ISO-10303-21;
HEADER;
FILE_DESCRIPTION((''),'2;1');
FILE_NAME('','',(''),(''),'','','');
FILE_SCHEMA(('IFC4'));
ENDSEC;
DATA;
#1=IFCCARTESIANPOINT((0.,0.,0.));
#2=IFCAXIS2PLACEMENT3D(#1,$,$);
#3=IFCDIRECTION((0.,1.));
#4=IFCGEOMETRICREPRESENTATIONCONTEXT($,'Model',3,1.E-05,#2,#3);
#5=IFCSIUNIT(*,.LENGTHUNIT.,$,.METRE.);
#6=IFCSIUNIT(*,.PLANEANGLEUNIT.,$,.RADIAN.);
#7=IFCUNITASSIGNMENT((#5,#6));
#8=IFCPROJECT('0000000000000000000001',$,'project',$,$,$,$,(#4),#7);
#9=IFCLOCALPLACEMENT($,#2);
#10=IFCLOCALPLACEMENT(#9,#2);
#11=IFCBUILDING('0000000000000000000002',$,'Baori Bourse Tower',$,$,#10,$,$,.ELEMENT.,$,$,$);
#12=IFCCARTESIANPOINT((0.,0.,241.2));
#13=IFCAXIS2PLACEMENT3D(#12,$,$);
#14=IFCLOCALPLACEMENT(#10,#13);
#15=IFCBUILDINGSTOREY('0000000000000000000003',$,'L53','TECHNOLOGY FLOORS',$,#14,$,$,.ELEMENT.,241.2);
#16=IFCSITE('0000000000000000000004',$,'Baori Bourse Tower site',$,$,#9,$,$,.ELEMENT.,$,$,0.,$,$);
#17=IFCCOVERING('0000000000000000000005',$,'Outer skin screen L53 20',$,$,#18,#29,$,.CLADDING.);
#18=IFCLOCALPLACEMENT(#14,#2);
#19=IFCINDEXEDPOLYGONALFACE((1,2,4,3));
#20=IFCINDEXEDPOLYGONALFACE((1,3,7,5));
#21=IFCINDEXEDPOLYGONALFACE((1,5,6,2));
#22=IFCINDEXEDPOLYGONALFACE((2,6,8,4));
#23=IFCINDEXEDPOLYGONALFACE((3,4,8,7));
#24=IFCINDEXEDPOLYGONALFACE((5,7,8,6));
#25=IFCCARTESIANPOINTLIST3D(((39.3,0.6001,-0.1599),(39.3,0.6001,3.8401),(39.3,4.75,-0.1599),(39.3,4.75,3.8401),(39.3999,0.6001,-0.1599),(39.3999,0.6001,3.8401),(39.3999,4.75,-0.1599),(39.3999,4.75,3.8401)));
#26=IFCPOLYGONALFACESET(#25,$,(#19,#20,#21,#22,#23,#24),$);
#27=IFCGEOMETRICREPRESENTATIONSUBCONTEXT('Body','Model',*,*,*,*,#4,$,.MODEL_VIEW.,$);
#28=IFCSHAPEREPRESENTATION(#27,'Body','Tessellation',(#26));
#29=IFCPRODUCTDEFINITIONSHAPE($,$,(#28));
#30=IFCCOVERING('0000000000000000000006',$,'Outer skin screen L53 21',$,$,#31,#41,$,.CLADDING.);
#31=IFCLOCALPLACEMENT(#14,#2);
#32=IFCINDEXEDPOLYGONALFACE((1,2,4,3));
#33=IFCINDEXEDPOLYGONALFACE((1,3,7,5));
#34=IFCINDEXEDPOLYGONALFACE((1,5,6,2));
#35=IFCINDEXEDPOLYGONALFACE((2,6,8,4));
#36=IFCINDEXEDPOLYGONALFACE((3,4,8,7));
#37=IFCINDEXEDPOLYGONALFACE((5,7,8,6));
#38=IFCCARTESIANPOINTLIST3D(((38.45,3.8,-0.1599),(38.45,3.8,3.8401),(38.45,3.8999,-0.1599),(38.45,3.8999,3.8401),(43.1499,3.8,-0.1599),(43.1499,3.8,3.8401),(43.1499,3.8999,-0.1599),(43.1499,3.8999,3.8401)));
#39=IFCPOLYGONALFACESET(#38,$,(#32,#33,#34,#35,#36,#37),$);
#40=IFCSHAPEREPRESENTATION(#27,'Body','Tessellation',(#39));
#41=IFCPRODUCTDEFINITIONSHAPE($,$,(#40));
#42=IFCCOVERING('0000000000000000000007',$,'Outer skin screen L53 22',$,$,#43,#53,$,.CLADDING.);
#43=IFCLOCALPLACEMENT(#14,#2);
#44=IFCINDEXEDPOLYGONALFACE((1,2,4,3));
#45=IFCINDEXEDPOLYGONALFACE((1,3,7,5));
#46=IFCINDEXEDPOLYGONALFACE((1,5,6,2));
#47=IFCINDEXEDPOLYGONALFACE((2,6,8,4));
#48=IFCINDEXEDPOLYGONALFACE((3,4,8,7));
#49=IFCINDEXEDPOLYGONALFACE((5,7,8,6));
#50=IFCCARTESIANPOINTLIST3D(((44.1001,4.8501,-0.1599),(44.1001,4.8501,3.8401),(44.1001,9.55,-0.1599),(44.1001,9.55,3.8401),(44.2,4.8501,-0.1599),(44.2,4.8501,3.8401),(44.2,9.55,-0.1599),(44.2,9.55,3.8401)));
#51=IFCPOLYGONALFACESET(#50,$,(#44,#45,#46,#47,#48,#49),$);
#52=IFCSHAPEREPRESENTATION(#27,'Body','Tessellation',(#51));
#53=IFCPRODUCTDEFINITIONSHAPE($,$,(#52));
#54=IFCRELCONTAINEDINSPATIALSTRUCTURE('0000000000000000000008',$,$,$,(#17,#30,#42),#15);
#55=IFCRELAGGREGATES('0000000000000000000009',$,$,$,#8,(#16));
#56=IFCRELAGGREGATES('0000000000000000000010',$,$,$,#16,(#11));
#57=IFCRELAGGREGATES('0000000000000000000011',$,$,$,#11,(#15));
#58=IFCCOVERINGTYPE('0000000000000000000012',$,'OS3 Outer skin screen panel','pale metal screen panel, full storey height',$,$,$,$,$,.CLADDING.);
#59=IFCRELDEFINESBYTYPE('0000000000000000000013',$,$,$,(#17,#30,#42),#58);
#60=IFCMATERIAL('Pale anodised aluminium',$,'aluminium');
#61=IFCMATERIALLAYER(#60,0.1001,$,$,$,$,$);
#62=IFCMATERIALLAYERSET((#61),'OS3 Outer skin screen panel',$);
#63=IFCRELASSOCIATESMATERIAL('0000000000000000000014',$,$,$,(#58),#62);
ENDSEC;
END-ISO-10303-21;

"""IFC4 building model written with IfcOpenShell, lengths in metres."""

from ifc_helpers import new_model, si_unit, direction, frame, origin, place, context, subcontext, project, spatial, polyline, outline, extrude, material, layer, layer_set, type_object, element, save


model = new_model("IFC4")

# Units and contexts
model_context = context("Model", 3, precision=1e-05, world=origin(), true_north=direction((0.0, 1.0)))
body_context = subcontext(model_context, "Body", "Model", "MODEL_VIEW")
ifc_project = project(units=[si_unit("LENGTHUNIT", "METRE"), si_unit("PLANEANGLEUNIT", "RADIAN")], contexts=[model_context])

# Site, building, storey
site_placement = place(None, origin())
site = spatial("IfcSite", under=ifc_project, at=site_placement, Name="Baori Bourse Tower site", CompositionType="ELEMENT", RefElevation=0.0)
building_placement = place(site_placement, origin())
building = spatial("IfcBuilding", under=site, at=building_placement, Name="Baori Bourse Tower", CompositionType="ELEMENT")
storey_placement = place(building_placement, frame((0.0, 0.0, 241.2)))
storey = spatial("IfcBuildingStorey", under=building, at=storey_placement, Name="L53", Description="TECHNOLOGY FLOORS", CompositionType="ELEMENT", Elevation=241.2)

# Coverings
ifc_material_1 = material(Name="Pale anodised aluminium", Category="aluminium")
ifc_layer_1 = layer(ifc_material_1, 0.1001)
ifc_layer_set_1 = layer_set([ifc_layer_1], Name="OS3 Outer skin screen panel")
covering_type = type_object("IfcCoveringType", Name="OS3 Outer skin screen panel", Description="pale metal screen panel, full storey height", PredefinedType="CLADDING", material=ifc_layer_set_1)
covering_1_placement = place(storey_placement, frame((0.0, 0.0, -0.1599)))
element("IfcCovering", 1, at=covering_1_placement, inside=storey, type_object=covering_type, Name="Outer skin screen L53 20", PredefinedType="CLADDING", context=body_context, shape_type="SweptSolid", body=[
    extrude(outline(polyline([(39.3, 4.75), (39.3, 0.6001), (39.3999, 0.6001), (39.3999, 4.75), (39.3, 4.75)])), origin(), (0.0, 0.0, 1.0), 4.0),
])
covering_2_placement = place(storey_placement, frame((0.0, 0.0, -0.1599)))
element("IfcCovering", 2, at=covering_2_placement, inside=storey, type_object=covering_type, Name="Outer skin screen L53 21", PredefinedType="CLADDING", context=body_context, shape_type="SweptSolid", body=[
    extrude(outline(polyline([(43.1499, 3.8999), (38.45, 3.8999), (38.45, 3.8), (43.1499, 3.8), (43.1499, 3.8999)])), origin(), (0.0, 0.0, 1.0), 4.0),
])
covering_3_placement = place(storey_placement, frame((0.0, 0.0, -0.1599)))
element("IfcCovering", 3, at=covering_3_placement, inside=storey, type_object=covering_type, Name="Outer skin screen L53 22", PredefinedType="CLADDING", context=body_context, shape_type="SweptSolid", body=[
    extrude(outline(polyline([(44.1001, 9.55), (44.1001, 4.8501), (44.2, 4.8501), (44.2, 9.55), (44.1001, 9.55)])), origin(), (0.0, 0.0, 1.0), 4.0),
])

save(model, "model.ifc")
